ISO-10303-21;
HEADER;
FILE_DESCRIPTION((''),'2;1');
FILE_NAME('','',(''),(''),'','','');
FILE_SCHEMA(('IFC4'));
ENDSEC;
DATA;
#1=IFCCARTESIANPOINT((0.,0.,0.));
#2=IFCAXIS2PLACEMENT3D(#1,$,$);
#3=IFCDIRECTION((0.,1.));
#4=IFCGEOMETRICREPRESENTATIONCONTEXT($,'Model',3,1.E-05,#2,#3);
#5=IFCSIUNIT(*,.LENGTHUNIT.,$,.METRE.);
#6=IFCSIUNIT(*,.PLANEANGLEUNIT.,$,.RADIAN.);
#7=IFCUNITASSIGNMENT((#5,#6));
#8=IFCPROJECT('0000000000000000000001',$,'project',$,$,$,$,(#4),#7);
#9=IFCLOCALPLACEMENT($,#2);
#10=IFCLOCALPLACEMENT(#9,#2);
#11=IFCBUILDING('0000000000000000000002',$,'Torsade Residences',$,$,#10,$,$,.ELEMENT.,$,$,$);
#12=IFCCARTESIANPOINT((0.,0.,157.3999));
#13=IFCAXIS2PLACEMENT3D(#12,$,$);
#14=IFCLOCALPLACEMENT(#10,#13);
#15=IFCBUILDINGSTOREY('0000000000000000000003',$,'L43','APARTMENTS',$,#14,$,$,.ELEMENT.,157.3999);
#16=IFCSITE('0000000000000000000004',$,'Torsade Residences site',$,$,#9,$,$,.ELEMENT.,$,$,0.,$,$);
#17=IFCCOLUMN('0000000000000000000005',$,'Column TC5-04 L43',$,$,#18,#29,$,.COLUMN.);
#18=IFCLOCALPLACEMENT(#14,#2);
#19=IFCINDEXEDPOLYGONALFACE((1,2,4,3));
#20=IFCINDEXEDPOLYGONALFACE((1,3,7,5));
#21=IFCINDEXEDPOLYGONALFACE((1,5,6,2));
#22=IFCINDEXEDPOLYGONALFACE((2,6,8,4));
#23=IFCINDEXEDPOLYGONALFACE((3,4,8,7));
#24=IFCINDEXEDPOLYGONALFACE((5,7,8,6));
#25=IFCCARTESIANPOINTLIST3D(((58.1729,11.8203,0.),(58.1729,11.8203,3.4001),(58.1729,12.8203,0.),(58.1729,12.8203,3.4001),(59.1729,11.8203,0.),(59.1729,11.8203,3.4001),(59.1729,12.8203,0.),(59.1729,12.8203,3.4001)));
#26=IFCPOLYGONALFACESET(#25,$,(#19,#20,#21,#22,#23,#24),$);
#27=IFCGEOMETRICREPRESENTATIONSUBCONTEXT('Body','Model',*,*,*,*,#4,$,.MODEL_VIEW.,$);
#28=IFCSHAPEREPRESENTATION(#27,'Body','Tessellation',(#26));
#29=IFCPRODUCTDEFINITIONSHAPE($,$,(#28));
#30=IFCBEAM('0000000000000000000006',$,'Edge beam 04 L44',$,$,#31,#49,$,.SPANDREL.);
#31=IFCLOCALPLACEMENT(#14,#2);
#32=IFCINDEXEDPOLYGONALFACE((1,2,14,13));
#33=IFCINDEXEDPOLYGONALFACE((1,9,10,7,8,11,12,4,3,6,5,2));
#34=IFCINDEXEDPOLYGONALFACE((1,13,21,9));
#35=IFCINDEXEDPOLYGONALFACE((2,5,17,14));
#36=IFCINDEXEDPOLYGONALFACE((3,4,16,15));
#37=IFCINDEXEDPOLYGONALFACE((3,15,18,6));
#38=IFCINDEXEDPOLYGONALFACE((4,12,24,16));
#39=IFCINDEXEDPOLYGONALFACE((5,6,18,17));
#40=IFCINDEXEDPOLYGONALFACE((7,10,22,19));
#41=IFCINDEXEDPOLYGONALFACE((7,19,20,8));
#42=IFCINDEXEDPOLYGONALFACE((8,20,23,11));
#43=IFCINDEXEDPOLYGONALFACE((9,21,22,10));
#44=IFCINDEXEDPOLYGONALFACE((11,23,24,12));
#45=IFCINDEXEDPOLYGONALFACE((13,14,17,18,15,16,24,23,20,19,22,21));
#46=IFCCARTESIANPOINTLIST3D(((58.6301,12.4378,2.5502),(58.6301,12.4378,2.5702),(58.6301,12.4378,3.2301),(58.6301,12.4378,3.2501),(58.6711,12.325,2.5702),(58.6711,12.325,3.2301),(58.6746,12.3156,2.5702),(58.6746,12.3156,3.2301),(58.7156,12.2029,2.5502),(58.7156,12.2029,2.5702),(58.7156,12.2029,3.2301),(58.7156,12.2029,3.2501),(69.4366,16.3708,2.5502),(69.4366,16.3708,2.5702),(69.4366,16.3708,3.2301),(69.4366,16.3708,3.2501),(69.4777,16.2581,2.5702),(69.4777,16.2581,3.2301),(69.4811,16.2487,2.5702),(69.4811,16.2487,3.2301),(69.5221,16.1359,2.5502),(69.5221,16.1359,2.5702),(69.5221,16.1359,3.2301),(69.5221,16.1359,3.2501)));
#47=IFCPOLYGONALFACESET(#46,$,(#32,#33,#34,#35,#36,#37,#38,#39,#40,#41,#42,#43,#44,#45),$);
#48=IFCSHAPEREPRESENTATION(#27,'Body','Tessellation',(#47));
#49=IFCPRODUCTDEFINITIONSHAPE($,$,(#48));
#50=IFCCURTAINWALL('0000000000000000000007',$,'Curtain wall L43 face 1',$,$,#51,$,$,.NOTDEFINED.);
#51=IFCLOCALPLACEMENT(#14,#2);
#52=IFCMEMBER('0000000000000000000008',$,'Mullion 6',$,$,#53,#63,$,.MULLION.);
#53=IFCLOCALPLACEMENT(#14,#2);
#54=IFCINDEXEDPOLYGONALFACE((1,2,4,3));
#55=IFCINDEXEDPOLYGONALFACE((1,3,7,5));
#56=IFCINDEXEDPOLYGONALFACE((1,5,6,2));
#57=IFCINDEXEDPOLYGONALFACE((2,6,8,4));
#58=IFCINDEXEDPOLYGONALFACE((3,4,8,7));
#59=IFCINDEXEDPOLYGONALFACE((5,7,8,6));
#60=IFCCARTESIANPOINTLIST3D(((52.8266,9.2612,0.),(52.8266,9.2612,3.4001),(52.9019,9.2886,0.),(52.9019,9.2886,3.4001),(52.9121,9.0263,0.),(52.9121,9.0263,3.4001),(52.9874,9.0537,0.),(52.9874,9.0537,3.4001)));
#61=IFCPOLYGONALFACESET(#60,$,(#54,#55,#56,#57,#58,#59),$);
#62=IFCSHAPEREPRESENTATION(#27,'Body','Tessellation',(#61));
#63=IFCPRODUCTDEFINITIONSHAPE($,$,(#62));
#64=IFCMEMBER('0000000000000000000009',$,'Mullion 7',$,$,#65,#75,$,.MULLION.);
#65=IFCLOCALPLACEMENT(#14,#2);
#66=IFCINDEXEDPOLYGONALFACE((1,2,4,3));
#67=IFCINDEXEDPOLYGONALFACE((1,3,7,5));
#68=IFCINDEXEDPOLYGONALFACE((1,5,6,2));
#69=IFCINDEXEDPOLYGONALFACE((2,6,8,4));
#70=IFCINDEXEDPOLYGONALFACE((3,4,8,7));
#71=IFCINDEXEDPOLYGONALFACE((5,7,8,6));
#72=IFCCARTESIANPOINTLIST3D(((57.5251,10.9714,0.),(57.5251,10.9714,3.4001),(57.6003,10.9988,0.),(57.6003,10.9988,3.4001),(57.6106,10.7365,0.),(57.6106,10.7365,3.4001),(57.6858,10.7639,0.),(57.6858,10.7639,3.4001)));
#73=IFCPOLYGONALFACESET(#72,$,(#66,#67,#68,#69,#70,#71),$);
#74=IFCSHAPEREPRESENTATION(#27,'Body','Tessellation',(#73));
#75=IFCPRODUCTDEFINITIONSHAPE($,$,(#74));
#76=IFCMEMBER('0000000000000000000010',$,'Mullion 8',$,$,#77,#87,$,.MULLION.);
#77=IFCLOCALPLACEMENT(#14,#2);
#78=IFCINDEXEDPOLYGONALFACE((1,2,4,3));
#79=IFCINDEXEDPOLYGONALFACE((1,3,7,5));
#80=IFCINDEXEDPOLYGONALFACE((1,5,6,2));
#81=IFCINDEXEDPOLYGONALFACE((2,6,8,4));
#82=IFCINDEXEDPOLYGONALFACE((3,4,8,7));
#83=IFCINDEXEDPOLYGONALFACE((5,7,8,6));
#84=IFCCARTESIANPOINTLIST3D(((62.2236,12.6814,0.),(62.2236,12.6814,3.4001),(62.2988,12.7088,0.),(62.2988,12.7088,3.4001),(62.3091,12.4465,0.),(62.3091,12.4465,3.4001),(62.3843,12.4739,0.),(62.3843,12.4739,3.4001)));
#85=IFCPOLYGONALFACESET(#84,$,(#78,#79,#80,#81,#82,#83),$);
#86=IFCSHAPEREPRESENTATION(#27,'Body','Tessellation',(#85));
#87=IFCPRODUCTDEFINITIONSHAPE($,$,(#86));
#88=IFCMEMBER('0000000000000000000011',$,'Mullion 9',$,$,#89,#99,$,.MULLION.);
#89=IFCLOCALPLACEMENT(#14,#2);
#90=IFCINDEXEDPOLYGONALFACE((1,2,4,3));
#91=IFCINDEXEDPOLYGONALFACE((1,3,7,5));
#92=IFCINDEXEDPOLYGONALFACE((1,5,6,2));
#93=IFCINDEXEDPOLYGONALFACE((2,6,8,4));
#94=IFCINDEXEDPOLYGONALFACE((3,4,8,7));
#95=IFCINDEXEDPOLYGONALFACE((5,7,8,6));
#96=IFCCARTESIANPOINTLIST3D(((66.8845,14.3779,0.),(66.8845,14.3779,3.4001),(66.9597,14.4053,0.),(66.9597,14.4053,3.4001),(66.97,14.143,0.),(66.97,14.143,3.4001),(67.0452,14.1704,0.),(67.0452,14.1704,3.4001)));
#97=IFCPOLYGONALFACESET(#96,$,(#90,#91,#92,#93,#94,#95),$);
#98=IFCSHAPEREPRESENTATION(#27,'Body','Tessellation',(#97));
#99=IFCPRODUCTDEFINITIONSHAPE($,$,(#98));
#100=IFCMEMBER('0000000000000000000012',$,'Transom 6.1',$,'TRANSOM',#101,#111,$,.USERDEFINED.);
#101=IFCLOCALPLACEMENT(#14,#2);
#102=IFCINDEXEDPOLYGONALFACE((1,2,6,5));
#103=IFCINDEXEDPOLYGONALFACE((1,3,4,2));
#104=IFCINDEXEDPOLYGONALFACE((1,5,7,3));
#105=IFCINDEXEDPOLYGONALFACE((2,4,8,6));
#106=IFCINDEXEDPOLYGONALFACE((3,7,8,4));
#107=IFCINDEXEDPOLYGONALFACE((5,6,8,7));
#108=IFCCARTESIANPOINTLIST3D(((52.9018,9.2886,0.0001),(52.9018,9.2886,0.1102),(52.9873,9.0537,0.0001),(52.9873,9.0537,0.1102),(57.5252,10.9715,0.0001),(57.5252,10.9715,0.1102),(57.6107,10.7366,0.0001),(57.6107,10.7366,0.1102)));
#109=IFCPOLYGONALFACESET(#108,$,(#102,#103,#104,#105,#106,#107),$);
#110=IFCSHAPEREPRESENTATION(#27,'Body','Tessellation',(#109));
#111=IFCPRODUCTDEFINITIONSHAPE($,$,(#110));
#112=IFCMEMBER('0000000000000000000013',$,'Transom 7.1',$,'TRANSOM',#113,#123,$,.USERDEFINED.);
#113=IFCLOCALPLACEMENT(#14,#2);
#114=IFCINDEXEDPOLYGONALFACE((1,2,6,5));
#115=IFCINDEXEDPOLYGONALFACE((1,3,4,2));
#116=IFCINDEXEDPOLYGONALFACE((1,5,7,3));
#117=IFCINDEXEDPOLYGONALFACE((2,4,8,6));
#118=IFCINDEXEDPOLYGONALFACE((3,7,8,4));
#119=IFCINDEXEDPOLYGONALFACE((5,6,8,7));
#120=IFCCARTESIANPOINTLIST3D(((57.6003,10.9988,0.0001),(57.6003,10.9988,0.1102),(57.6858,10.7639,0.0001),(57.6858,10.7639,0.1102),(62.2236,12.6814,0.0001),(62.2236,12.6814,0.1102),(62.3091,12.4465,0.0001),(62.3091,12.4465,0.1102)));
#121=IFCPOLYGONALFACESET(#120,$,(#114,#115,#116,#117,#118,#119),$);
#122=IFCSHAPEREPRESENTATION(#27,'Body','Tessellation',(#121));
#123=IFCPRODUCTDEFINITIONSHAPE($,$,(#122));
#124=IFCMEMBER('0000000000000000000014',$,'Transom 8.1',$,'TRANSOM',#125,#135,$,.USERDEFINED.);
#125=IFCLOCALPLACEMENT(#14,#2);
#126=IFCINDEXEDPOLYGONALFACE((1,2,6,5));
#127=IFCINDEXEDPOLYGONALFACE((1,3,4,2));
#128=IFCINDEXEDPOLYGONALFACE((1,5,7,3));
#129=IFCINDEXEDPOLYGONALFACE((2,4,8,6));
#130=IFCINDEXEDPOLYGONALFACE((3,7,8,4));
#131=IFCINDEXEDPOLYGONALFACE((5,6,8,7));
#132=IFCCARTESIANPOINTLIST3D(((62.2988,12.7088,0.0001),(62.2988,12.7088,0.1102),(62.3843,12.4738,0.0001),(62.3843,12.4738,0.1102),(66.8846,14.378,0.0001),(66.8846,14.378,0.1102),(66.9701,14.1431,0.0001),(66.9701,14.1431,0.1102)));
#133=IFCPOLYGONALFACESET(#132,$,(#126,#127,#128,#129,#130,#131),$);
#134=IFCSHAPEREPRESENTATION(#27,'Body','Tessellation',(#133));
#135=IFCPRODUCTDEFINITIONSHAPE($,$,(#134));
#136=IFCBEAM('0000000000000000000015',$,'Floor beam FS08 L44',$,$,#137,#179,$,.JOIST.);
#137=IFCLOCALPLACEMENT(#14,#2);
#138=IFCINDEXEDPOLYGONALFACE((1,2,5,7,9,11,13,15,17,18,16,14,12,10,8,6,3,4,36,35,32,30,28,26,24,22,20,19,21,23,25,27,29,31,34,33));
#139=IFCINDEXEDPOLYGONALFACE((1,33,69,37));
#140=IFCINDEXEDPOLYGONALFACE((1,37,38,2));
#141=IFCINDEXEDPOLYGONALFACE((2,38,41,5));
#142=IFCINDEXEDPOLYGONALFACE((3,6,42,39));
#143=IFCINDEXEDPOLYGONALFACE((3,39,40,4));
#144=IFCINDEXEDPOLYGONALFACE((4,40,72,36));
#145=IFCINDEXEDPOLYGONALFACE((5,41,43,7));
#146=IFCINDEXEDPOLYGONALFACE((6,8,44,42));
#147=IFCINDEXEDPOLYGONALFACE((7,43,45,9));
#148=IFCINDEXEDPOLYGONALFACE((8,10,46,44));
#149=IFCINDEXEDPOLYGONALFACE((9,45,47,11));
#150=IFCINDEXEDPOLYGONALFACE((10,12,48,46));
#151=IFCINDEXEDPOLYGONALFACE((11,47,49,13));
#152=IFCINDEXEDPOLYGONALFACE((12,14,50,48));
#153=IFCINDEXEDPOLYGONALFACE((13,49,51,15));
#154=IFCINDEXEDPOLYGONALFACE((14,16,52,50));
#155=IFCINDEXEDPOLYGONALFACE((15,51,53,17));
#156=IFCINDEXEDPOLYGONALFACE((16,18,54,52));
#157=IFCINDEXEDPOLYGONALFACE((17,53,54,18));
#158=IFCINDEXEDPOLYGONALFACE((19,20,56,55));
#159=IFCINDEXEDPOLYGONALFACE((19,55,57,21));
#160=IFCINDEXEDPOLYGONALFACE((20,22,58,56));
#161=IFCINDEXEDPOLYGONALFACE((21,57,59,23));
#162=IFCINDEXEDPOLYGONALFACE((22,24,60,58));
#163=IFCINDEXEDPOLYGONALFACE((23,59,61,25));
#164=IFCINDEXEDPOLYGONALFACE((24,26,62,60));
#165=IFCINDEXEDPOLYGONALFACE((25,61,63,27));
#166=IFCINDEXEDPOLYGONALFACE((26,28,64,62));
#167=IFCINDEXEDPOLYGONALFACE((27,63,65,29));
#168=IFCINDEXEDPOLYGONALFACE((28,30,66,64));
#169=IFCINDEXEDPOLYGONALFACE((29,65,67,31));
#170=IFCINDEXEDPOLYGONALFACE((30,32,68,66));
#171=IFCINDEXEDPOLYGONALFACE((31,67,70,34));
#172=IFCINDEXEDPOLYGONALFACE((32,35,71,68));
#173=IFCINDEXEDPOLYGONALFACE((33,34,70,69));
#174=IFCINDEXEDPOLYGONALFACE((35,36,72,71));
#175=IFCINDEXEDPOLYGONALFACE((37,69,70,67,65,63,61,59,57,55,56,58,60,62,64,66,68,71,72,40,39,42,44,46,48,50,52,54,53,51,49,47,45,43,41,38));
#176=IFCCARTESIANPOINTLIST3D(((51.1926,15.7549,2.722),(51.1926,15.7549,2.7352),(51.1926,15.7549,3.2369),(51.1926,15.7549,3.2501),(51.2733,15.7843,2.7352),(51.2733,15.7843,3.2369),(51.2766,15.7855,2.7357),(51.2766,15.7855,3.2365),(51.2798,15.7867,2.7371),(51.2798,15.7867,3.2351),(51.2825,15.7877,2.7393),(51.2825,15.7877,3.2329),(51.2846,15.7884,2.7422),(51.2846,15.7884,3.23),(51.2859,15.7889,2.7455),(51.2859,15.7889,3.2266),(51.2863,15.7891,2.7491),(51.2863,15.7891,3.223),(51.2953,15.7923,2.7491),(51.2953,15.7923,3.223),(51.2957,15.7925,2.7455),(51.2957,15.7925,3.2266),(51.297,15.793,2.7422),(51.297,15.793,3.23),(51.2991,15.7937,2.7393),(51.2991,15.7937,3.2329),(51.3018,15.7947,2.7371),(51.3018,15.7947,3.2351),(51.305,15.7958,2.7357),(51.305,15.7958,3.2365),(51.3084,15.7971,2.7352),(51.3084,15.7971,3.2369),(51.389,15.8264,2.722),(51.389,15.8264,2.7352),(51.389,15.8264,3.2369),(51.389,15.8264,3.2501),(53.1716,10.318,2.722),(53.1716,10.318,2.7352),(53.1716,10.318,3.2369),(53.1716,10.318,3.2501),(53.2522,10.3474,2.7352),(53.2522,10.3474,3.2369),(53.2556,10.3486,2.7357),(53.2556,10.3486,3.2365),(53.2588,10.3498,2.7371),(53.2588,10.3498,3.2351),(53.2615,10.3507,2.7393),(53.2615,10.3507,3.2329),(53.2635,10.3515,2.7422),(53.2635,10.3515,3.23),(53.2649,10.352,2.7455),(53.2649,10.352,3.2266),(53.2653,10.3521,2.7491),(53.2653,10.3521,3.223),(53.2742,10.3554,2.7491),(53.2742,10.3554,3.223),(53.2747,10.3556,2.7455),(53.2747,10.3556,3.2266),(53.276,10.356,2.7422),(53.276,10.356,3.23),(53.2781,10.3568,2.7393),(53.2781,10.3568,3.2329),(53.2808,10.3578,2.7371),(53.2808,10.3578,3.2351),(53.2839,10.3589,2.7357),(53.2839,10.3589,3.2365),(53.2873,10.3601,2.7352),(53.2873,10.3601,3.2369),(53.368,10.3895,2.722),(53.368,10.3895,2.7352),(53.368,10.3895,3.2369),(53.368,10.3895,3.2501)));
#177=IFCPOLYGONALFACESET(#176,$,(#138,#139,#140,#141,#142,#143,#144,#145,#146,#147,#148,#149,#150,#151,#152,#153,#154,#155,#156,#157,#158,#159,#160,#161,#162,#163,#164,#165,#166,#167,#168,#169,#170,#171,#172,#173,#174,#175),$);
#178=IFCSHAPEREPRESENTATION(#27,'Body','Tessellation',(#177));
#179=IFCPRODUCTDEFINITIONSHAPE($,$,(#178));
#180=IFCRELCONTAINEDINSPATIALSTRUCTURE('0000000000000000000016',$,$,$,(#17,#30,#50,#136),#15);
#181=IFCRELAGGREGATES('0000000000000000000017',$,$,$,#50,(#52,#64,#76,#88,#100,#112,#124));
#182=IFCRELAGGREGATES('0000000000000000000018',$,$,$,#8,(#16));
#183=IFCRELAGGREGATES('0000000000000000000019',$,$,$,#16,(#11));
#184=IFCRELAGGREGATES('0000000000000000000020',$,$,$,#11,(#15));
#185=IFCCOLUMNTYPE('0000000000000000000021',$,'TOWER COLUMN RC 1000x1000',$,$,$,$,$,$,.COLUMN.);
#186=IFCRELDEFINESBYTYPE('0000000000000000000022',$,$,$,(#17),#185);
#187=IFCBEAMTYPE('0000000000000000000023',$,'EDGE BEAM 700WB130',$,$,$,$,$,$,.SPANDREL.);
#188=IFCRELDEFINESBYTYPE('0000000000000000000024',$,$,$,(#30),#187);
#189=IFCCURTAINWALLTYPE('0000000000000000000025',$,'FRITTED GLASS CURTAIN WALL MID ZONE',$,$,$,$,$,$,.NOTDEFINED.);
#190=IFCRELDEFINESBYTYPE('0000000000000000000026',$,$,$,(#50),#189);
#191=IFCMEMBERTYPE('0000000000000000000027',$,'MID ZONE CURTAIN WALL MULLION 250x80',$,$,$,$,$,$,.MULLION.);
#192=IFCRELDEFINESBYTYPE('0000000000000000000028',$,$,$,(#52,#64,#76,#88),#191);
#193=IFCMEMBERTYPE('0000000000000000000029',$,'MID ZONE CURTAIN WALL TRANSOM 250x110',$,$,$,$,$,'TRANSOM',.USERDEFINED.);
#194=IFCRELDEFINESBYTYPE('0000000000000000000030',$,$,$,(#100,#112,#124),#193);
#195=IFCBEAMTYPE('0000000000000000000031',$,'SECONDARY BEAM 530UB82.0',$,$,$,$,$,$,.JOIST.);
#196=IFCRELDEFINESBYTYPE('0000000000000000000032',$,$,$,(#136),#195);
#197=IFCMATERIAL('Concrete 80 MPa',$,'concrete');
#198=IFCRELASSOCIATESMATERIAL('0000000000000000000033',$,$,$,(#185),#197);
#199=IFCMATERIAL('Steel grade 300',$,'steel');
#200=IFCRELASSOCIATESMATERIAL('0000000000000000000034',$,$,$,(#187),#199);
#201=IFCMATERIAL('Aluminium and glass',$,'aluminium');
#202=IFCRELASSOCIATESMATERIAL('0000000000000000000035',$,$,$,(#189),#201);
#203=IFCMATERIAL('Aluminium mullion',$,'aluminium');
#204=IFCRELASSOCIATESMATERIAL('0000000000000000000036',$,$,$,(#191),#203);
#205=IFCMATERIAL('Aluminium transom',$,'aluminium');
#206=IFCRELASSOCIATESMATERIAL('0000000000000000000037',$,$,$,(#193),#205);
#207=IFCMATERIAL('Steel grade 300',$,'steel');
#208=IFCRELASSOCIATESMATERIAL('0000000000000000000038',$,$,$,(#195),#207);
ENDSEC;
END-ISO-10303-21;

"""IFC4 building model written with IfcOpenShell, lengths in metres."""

from ifc_helpers import new_model, si_unit, direction, frame, origin, origin_2d, place, context, subcontext, project, spatial, rectangle, i_section, extrude, material, material_profile, profile_set, type_object, element, aggregate, save


model = new_model("IFC4")

# Units and contexts
model_context = context("Model", 3, precision=1e-05, world=origin(), true_north=direction((0.0, 1.0)))
body_context = subcontext(model_context, "Body", "Model", "MODEL_VIEW")
ifc_project = project(units=[si_unit("LENGTHUNIT", "METRE"), si_unit("PLANEANGLEUNIT", "RADIAN")], contexts=[model_context])

# Site, building, storey
site_placement = place(None, origin())
site = spatial("IfcSite", under=ifc_project, at=site_placement, Name="Torsade Residences site", CompositionType="ELEMENT", RefElevation=0.0)
building_placement = place(site_placement, origin())
building = spatial("IfcBuilding", under=site, at=building_placement, Name="Torsade Residences", CompositionType="ELEMENT")
storey_placement = place(building_placement, frame((0.0, 0.0, 157.3999)))
storey = spatial("IfcBuildingStorey", under=building, at=storey_placement, Name="L43", Description="APARTMENTS", CompositionType="ELEMENT", Elevation=157.3999)

# Column
ifc_material_1 = material(Name="Concrete 80 MPa", Category="concrete")
ifc_material_profile_1 = material_profile(ifc_material_1, rectangle(XDim=1.0, YDim=1.0, at=origin_2d()), Name="RC 1000x1000")
ifc_profile_set_1 = profile_set([ifc_material_profile_1], Name="Concrete 80 MPa")
column_type = type_object("IfcColumnType", Name="TOWER COLUMN RC 1000x1000", PredefinedType="COLUMN", material=ifc_profile_set_1)
column_placement = place(storey_placement, frame((58.6729, 12.3203, 0.0), z_axis=(0.0, 0.0, 1.0), x_axis=(1.0, 0.0, 0.0)))
element("IfcColumn", 1, at=column_placement, inside=storey, type_object=column_type, Name="Column TC5-04 L43", PredefinedType="COLUMN", context=body_context, shape_type="SweptSolid", body=[
    extrude(rectangle(XDim=1.0, YDim=1.0, at=origin_2d()), origin(), (0.0, 0.0, 1.0), 3.4001),
])

# Beam
ifc_material_2 = material(Name="Steel grade 300", Category="steel")
ifc_material_profile_2 = material_profile(ifc_material_2, i_section(OverallWidth=0.25, OverallDepth=0.7, WebThickness=0.01, FlangeThickness=0.02, at=origin_2d()), Name="700WB130")
ifc_profile_set_2 = profile_set([ifc_material_profile_2], Name="Steel grade 300")
beam_type_1 = type_object("IfcBeamType", Name="EDGE BEAM 700WB130", PredefinedType="SPANDREL", material=ifc_profile_set_2)
beam_1_placement = place(storey_placement, frame((58.6729, 12.3203, 2.9001), z_axis=(0.939698, 0.342006, 0.0), x_axis=(-0.342006, 0.939698, 0.0)))
element("IfcBeam", 2, at=beam_1_placement, inside=storey, type_object=beam_type_1, Name="Edge beam 04 L44", PredefinedType="SPANDREL", context=body_context, shape_type="SweptSolid", body=[
    extrude(i_section(OverallWidth=0.25, OverallDepth=0.7, WebThickness=0.01, FlangeThickness=0.02, at=origin_2d()), origin(), (0.0, 0.0, 1.0), 11.5),
])

# Curtain wall, members
ifc_material_3 = material(Name="Aluminium and glass", Category="aluminium")
curtain_wall_type = type_object("IfcCurtainWallType", Name="FRITTED GLASS CURTAIN WALL MID ZONE", PredefinedType="NOTDEFINED", material=ifc_material_3)
curtain_wall_placement = place(storey_placement, origin())
curtain_wall = element("IfcCurtainWall", 3, at=curtain_wall_placement, inside=storey, type_object=curtain_wall_type, Name="Curtain wall L43 face 1", PredefinedType="NOTDEFINED")
ifc_material_4 = material(Name="Aluminium mullion", Category="aluminium")
ifc_material_profile_3 = material_profile(ifc_material_4, rectangle(XDim=0.25, YDim=0.0801, at=origin_2d()), Name="MID ZONE CURTAIN WALL MULLION 250x80")
ifc_profile_set_3 = profile_set([ifc_material_profile_3], Name="Aluminium mullion")
member_type_1 = type_object("IfcMemberType", Name="MID ZONE CURTAIN WALL MULLION 250x80", PredefinedType="MULLION", material=ifc_profile_set_3)
member_1_placement = place(storey_placement, frame((52.907, 9.1575, 0.0), z_axis=(0.0, 0.0, 1.0), x_axis=(-0.34202, 0.939693, 0.0)))
member_1 = element("IfcMember", 4, at=member_1_placement, type_object=member_type_1, Name="Mullion 6", PredefinedType="MULLION", context=body_context, shape_type="SweptSolid", body=[
    extrude(rectangle(XDim=0.25, YDim=0.0801, at=origin_2d()), origin(), (0.0, 0.0, 1.0), 3.4001),
])
member_2_placement = place(storey_placement, frame((57.6055, 10.8677, 0.0), z_axis=(0.0, 0.0, 1.0), x_axis=(-0.34202, 0.939693, 0.0)))
member_2 = element("IfcMember", 5, at=member_2_placement, type_object=member_type_1, Name="Mullion 7", PredefinedType="MULLION", context=body_context, shape_type="SweptSolid", body=[
    extrude(rectangle(XDim=0.25, YDim=0.0801, at=origin_2d()), origin(), (0.0, 0.0, 1.0), 3.4001),
])
member_3_placement = place(storey_placement, frame((62.304, 12.5776, 0.0), z_axis=(0.0, 0.0, 1.0), x_axis=(-0.34202, 0.939693, 0.0)))
member_3 = element("IfcMember", 6, at=member_3_placement, type_object=member_type_1, Name="Mullion 8", PredefinedType="MULLION", context=body_context, shape_type="SweptSolid", body=[
    extrude(rectangle(XDim=0.25, YDim=0.0801, at=origin_2d()), origin(), (0.0, 0.0, 1.0), 3.4001),
])
member_4_placement = place(storey_placement, frame((66.9648, 14.2742, 0.0), z_axis=(0.0, 0.0, 1.0), x_axis=(-0.34202, 0.939693, 0.0)))
member_4 = element("IfcMember", 7, at=member_4_placement, type_object=member_type_1, Name="Mullion 9", PredefinedType="MULLION", context=body_context, shape_type="SweptSolid", body=[
    extrude(rectangle(XDim=0.25, YDim=0.0801, at=origin_2d()), origin(), (0.0, 0.0, 1.0), 3.4001),
])
ifc_material_5 = material(Name="Aluminium transom", Category="aluminium")
ifc_material_profile_4 = material_profile(ifc_material_5, rectangle(XDim=0.25, YDim=0.1101, at=origin_2d()), Name="MID ZONE CURTAIN WALL TRANSOM 250x110")
ifc_profile_set_4 = profile_set([ifc_material_profile_4], Name="Aluminium transom")
member_type_2 = type_object("IfcMemberType", Name="MID ZONE CURTAIN WALL TRANSOM 250x110", ElementType="TRANSOM", PredefinedType="USERDEFINED", material=ifc_profile_set_4)
member_5_placement = place(storey_placement, frame((52.9446, 9.1711, 0.0552), z_axis=(0.939685, 0.342042, 0.0), x_axis=(-0.342042, 0.939685, 0.0)))
member_5 = element("IfcMember", 8, at=member_5_placement, type_object=member_type_2, Name="Transom 6.1", ObjectType="TRANSOM", PredefinedType="USERDEFINED", context=body_context, shape_type="SweptSolid", body=[
    extrude(rectangle(XDim=0.25, YDim=0.1101, at=origin_2d()), origin(), (0.0, 0.0, 1.0), 4.9202),
])
member_6_placement = place(storey_placement, frame((57.6431, 10.8813, 0.0552), z_axis=(0.939701, 0.341998, 0.0), x_axis=(-0.341998, 0.939701, 0.0)))
member_6 = element("IfcMember", 9, at=member_6_placement, type_object=member_type_2, Name="Transom 7.1", ObjectType="TRANSOM", PredefinedType="USERDEFINED", context=body_context, shape_type="SweptSolid", body=[
    extrude(rectangle(XDim=0.25, YDim=0.1101, at=origin_2d()), origin(), (0.0, 0.0, 1.0), 4.9199),
])
member_7_placement = place(storey_placement, frame((62.3416, 12.5913, 0.0552), z_axis=(0.939684, 0.342044, 0.0), x_axis=(-0.342044, 0.939684, 0.0)))
member_7 = element("IfcMember", 10, at=member_7_placement, type_object=member_type_2, Name="Transom 8.1", ObjectType="TRANSOM", PredefinedType="USERDEFINED", context=body_context, shape_type="SweptSolid", body=[
    extrude(rectangle(XDim=0.25, YDim=0.1101, at=origin_2d()), origin(), (0.0, 0.0, 1.0), 4.8801),
])

# Beam
ifc_material_6 = material(Name="Steel grade 300", Category="steel")
ifc_material_profile_5 = material_profile(ifc_material_6, i_section(OverallWidth=0.209, OverallDepth=0.5281, WebThickness=0.0095, FlangeThickness=0.0132, FilletRadius=0.0139, at=origin_2d()), Name="530UB82.0")
ifc_profile_set_5 = profile_set([ifc_material_profile_5], Name="Steel grade 300")
beam_type_2 = type_object("IfcBeamType", Name="SECONDARY BEAM 530UB82.0", PredefinedType="JOIST", material=ifc_profile_set_5)
beam_2_placement = place(storey_placement, frame((53.2698, 10.3538, 2.9861), z_axis=(-0.342034, 0.939687, 0.0), x_axis=(-0.939687, -0.342034, 0.0)))
element("IfcBeam", 11, at=beam_2_placement, inside=storey, type_object=beam_type_2, Name="Floor beam FS08 L44", PredefinedType="JOIST", context=body_context, shape_type="SweptSolid", body=[
    extrude(i_section(OverallWidth=0.209, OverallDepth=0.5281, WebThickness=0.0095, FlangeThickness=0.0132, FilletRadius=0.0139, at=origin_2d()), origin(), (0.0, 0.0, 1.0), 5.7859),
])

aggregate(curtain_wall, [member_1, member_2, member_3, member_4, member_5, member_6, member_7])

save(model, "model.ifc")
